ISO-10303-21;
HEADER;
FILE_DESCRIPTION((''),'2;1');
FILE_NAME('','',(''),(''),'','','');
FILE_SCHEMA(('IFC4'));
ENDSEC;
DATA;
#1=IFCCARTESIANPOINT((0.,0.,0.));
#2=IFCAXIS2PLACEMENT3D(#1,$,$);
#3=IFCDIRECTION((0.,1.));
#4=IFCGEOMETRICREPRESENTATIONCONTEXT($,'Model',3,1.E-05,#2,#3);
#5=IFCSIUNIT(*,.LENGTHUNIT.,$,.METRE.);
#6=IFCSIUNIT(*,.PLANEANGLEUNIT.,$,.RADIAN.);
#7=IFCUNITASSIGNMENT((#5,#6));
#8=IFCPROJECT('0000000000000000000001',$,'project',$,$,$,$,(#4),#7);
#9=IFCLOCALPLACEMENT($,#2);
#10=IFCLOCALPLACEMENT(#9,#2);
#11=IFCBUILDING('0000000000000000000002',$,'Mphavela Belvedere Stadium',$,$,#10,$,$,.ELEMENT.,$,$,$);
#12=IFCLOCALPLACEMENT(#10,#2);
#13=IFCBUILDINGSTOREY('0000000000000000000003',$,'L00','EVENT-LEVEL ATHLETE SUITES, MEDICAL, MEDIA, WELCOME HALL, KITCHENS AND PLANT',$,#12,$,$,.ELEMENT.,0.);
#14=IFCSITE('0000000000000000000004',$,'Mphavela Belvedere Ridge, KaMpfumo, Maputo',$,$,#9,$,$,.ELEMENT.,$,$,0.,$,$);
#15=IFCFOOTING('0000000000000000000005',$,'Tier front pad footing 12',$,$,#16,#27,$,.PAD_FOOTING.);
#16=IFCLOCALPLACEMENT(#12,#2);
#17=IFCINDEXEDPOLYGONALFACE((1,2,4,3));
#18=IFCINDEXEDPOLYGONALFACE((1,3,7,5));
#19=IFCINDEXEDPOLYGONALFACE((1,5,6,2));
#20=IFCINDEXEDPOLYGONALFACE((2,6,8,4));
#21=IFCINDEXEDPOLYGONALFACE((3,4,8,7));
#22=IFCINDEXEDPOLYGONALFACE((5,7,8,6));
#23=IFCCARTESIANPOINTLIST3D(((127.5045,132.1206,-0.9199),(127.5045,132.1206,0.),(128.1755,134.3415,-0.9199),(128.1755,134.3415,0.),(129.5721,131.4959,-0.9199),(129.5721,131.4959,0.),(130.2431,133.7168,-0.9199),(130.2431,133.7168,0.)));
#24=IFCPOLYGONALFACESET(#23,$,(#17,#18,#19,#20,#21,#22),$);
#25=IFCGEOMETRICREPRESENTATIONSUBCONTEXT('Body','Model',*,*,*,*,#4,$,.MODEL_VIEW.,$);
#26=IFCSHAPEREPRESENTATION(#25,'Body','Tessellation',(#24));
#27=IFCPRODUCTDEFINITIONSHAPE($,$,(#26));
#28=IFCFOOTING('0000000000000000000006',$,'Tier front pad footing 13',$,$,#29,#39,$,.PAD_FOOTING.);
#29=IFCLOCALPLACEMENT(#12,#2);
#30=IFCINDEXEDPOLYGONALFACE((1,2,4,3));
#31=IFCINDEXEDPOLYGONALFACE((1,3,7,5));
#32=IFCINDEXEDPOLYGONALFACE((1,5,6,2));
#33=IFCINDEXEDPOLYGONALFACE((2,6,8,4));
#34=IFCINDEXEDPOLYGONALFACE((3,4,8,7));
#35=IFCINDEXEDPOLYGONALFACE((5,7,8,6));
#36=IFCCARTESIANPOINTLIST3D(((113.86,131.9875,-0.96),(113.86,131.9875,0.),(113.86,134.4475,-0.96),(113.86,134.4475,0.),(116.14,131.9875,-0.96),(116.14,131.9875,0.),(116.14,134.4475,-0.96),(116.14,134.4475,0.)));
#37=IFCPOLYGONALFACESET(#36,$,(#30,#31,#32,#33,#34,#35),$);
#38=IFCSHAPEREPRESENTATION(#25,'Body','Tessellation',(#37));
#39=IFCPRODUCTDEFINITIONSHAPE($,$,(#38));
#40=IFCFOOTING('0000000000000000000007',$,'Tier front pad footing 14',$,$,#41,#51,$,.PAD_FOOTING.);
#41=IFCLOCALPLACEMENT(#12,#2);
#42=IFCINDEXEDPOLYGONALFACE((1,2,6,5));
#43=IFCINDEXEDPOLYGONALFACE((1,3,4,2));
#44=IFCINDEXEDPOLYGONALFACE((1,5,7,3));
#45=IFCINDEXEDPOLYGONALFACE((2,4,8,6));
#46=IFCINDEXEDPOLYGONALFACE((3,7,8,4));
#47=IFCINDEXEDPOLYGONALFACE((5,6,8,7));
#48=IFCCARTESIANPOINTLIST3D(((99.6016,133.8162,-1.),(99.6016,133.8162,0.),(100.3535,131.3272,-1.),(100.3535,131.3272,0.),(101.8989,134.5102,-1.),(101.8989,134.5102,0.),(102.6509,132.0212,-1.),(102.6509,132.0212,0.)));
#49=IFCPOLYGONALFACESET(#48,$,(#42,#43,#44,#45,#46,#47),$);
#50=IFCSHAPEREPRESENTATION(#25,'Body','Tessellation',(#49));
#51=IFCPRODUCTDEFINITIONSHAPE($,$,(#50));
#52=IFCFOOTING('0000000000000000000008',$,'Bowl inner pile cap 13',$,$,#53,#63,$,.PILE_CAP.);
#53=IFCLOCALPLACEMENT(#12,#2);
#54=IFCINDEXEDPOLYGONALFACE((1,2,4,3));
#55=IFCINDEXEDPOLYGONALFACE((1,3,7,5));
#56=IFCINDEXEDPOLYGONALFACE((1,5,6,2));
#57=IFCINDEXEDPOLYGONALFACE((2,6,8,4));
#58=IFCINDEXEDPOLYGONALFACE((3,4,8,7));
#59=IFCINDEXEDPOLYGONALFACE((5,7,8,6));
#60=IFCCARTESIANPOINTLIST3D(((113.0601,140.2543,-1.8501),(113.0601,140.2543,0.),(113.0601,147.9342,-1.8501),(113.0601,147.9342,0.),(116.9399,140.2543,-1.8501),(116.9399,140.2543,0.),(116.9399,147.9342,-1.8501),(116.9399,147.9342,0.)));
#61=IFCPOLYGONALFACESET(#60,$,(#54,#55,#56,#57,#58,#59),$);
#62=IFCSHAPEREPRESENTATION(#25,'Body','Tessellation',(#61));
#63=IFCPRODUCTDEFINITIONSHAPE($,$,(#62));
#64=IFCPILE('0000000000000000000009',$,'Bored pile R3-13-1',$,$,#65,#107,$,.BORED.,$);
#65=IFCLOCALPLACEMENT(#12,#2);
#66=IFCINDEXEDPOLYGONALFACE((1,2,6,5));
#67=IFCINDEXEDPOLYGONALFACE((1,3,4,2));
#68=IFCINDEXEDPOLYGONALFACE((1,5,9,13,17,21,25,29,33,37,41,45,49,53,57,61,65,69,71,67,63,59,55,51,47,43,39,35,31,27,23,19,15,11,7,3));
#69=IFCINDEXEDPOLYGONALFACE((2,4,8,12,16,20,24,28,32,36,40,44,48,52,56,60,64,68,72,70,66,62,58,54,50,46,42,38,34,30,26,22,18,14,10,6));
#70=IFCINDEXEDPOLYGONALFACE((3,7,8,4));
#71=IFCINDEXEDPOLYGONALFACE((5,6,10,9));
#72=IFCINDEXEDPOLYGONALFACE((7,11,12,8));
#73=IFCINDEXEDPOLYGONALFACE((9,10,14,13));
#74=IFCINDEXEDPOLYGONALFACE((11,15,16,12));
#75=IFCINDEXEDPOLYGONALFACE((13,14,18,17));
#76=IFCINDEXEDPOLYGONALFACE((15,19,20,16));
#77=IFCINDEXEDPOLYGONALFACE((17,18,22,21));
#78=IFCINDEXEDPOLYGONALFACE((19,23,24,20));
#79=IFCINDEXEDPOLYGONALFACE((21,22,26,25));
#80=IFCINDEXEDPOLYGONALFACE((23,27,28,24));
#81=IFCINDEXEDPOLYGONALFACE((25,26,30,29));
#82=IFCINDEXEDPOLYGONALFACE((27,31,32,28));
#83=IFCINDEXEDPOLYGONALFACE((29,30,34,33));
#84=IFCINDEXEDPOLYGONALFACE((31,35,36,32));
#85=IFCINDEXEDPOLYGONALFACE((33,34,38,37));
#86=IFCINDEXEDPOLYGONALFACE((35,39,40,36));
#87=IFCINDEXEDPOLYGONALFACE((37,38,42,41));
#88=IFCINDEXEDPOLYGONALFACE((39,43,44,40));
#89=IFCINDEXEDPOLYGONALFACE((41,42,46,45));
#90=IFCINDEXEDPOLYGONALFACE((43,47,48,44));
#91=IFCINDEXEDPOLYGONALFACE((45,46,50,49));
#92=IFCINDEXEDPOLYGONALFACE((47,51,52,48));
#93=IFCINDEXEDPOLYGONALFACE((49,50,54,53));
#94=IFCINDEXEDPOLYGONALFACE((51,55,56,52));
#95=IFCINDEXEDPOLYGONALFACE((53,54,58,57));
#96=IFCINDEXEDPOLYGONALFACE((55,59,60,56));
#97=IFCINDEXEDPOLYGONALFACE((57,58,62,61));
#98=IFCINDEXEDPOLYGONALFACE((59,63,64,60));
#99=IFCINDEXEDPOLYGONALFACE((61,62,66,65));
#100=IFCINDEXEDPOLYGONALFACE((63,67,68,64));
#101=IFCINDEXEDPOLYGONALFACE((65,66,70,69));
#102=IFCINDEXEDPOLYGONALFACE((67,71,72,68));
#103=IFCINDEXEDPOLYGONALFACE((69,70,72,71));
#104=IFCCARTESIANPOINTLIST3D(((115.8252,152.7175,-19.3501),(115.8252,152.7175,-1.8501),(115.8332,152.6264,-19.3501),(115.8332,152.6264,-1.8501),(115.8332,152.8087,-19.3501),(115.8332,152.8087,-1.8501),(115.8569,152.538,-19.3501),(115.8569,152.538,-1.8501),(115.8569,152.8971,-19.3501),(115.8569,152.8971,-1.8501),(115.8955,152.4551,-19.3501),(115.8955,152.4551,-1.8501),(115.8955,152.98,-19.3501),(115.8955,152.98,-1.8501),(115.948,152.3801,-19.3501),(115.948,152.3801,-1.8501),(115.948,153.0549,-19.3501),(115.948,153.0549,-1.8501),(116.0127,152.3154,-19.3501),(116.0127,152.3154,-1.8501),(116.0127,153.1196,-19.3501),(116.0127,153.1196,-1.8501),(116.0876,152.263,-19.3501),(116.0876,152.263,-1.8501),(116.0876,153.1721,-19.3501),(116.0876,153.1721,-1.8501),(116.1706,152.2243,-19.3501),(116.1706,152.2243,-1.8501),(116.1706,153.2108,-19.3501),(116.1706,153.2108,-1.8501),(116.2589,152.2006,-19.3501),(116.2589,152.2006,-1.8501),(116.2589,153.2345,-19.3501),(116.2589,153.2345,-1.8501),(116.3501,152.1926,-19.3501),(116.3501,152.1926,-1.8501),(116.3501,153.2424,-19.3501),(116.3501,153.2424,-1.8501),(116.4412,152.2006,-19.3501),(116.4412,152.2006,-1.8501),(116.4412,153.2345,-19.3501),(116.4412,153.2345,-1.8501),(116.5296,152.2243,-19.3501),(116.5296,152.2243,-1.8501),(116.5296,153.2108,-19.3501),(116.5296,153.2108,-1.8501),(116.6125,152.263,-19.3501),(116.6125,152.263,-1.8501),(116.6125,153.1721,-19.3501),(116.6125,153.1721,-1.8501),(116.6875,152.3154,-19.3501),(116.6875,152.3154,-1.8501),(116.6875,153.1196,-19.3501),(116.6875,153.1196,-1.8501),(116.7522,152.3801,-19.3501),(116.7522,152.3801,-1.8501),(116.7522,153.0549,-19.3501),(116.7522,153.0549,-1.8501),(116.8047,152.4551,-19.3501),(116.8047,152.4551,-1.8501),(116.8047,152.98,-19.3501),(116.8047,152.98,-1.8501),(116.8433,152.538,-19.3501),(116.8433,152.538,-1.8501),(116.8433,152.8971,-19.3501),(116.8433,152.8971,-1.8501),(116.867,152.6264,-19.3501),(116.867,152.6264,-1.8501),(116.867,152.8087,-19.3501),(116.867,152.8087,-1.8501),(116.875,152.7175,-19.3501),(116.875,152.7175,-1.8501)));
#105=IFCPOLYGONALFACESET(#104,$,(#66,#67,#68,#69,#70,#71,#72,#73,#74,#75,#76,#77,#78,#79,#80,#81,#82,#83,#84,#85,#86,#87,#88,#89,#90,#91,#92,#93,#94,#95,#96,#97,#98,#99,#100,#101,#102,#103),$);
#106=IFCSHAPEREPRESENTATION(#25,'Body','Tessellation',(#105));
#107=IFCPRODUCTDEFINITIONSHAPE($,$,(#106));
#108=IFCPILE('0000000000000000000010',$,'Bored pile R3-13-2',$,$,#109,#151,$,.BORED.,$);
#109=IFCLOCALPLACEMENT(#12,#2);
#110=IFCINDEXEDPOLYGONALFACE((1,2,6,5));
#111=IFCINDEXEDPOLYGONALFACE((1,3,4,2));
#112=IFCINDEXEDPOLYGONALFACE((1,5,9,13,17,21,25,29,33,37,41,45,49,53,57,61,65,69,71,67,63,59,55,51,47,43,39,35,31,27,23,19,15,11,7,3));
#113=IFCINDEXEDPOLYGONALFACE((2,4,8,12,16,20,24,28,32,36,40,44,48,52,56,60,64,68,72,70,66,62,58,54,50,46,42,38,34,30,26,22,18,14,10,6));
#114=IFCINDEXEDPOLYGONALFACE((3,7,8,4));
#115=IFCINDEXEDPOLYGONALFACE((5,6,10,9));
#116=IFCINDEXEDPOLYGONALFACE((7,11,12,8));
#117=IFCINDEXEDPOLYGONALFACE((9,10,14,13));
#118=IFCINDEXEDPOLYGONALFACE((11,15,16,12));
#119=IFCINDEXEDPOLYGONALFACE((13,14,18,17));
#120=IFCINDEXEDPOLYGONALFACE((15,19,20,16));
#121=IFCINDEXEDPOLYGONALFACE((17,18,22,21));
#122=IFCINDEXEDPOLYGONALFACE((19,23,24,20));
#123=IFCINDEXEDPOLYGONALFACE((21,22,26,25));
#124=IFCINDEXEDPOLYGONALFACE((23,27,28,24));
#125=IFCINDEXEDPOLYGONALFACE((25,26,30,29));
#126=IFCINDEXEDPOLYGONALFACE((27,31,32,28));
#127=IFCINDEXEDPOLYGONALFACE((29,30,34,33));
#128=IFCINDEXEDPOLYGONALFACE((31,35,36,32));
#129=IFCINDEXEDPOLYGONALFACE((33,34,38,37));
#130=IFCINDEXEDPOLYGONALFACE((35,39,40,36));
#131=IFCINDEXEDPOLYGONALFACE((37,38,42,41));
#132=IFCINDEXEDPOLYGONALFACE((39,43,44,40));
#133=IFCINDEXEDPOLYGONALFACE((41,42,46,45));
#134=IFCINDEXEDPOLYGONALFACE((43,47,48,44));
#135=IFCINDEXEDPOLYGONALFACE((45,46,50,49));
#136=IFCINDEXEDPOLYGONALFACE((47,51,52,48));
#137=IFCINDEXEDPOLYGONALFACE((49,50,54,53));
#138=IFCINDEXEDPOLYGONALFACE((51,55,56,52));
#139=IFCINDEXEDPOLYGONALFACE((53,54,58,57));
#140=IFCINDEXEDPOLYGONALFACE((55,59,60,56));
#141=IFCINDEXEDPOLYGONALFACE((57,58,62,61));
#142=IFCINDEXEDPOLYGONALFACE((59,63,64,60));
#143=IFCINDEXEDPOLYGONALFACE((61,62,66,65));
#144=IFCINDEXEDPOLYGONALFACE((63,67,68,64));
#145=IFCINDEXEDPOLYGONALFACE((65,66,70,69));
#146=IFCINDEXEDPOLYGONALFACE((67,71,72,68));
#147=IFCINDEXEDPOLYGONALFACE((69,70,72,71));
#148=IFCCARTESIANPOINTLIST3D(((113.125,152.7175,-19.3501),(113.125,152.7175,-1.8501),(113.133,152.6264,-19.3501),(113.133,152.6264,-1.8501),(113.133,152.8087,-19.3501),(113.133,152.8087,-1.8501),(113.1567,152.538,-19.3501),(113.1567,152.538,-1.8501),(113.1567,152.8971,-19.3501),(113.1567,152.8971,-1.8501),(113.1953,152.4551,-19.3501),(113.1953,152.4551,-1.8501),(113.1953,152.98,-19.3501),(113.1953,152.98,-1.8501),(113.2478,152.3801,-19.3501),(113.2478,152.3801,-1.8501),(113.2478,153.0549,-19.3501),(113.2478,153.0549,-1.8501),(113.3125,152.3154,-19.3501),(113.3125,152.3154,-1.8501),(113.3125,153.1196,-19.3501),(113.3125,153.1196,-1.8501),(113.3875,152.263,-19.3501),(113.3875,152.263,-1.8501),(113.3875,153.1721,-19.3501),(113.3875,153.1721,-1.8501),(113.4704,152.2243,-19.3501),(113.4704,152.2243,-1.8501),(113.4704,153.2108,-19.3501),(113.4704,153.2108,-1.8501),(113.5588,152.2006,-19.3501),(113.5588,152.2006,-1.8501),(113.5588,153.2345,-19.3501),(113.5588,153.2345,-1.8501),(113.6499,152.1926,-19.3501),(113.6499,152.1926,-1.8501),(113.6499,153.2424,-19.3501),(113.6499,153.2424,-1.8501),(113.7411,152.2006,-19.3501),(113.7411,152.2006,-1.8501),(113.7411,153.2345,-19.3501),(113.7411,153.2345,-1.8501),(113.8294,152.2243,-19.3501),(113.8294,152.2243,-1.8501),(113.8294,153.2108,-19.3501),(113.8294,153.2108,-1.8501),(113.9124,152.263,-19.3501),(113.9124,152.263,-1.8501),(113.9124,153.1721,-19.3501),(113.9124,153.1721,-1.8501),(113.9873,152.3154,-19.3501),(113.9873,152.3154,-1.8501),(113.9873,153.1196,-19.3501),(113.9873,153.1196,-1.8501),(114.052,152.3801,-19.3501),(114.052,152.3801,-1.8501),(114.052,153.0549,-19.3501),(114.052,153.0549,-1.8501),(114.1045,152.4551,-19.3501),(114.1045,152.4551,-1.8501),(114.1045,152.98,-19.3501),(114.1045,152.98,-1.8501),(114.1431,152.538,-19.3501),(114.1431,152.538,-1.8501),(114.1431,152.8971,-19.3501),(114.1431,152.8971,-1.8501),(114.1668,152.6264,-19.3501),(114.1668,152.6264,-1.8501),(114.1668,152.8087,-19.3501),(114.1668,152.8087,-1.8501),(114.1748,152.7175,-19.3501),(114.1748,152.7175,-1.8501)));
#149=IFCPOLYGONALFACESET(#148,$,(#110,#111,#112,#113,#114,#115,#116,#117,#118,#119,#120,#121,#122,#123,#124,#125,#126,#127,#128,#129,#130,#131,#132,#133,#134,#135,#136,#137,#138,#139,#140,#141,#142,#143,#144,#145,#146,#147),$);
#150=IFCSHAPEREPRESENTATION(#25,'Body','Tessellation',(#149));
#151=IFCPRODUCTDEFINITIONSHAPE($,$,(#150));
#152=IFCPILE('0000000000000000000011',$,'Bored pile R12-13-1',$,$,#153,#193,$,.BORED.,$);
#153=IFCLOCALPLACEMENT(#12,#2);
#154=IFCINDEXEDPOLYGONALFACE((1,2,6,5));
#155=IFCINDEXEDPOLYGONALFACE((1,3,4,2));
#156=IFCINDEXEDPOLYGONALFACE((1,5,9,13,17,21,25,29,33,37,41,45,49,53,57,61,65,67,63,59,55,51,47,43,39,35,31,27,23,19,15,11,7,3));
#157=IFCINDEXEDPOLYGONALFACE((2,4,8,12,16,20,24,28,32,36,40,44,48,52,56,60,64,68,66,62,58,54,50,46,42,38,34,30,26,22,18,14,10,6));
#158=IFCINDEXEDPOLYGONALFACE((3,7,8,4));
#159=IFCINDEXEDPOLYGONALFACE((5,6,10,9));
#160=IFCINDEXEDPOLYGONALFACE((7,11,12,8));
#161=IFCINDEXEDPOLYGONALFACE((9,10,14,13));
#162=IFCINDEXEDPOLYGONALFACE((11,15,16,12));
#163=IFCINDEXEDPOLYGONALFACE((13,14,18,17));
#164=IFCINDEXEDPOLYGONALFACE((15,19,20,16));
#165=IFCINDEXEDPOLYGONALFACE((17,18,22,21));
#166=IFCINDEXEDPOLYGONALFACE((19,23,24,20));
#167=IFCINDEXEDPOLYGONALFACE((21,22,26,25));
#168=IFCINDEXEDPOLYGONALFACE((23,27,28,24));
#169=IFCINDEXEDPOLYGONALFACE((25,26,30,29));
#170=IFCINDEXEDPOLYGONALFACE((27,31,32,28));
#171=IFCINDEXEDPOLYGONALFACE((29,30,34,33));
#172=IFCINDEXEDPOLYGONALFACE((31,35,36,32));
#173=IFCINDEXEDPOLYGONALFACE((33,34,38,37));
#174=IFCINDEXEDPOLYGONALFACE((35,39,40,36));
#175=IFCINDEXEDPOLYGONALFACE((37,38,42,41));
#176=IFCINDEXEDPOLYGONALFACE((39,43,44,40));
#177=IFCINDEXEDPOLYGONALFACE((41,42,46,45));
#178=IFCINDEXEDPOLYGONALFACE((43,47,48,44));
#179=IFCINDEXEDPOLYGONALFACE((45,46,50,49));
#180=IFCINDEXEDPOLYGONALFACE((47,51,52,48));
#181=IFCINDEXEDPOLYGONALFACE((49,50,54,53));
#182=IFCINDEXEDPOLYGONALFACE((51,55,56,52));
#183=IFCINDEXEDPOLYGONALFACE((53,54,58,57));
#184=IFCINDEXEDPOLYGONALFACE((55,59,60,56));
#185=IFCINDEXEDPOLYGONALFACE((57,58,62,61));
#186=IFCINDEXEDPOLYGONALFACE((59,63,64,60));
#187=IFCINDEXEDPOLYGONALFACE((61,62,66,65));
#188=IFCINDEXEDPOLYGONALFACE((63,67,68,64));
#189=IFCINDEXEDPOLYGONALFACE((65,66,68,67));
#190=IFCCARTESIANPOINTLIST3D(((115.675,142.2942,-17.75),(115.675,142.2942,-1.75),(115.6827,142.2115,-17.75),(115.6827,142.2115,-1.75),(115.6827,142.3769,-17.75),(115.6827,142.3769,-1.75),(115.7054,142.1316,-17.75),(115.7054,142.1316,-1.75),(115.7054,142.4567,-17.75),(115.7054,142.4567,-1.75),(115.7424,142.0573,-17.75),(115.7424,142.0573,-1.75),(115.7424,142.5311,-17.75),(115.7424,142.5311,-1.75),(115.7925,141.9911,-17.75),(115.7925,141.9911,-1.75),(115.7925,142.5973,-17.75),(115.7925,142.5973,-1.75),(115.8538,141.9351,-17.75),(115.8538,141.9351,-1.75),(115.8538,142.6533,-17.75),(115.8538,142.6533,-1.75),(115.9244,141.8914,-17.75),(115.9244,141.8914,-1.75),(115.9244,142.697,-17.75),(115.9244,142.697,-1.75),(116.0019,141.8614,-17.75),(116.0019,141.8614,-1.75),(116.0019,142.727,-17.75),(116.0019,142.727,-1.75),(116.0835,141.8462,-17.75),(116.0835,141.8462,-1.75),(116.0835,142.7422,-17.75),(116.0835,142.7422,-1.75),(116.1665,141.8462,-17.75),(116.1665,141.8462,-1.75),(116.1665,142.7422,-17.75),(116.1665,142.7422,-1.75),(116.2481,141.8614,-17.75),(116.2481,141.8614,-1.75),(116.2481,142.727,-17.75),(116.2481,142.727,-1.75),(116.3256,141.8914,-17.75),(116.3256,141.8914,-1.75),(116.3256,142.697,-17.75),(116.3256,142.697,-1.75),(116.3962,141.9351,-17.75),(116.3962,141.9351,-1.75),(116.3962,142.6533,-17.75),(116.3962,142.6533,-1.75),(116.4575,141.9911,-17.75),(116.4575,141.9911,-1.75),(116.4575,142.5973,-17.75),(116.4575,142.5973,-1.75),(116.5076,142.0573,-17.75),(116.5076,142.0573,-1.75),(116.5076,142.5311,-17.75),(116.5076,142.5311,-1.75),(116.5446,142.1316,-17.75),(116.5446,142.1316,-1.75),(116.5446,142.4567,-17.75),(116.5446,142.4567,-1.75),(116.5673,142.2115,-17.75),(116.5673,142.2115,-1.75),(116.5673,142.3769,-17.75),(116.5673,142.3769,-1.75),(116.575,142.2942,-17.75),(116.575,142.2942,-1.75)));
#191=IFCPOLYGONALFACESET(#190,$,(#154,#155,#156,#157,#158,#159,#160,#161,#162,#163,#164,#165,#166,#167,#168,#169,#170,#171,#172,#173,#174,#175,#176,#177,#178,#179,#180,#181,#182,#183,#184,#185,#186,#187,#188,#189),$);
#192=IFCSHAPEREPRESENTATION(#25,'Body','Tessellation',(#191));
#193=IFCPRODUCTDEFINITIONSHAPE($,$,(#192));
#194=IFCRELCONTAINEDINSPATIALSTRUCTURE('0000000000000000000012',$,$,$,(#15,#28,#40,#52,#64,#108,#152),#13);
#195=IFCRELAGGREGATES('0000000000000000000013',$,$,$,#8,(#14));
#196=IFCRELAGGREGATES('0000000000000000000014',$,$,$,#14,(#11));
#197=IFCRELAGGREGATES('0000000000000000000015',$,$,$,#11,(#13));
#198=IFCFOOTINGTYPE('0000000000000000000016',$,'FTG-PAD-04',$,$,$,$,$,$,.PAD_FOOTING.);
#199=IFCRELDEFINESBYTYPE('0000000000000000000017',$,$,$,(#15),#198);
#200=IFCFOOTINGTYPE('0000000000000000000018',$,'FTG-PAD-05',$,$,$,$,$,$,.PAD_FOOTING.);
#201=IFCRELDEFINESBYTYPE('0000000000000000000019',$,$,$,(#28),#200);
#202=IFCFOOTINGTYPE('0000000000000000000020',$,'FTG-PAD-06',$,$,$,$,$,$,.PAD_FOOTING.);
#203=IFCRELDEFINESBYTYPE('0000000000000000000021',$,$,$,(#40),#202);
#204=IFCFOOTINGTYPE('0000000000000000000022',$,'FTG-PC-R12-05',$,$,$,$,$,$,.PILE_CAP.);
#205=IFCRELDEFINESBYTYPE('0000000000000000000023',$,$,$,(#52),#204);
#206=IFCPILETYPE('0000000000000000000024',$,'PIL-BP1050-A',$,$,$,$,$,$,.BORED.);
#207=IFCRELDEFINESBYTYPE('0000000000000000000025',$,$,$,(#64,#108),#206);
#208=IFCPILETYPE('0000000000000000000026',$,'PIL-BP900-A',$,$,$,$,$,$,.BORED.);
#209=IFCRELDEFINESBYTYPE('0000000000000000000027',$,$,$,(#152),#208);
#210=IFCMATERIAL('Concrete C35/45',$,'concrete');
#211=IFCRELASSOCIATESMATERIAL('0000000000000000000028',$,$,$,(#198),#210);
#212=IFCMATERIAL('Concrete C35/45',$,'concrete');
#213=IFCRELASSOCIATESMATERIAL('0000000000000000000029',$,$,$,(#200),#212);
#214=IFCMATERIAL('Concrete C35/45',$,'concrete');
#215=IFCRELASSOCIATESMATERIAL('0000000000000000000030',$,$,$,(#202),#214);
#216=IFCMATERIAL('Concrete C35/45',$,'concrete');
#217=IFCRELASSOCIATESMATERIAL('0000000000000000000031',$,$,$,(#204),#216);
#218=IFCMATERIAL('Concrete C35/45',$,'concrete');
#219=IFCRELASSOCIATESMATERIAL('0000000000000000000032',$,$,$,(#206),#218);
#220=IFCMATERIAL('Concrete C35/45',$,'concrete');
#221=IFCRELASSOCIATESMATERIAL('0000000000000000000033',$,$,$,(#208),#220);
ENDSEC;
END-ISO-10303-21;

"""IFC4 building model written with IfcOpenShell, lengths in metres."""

from ifc_helpers import new_model, si_unit, direction, frame, origin, origin_2d, place, context, subcontext, project, spatial, rectangle, circle, extrude, material, material_profile, profile_set, type_object, element, save


model = new_model("IFC4")

# Units and contexts
model_context = context("Model", 3, precision=1e-05, world=origin(), true_north=direction((0.0, 1.0)))
body_context = subcontext(model_context, "Body", "Model", "MODEL_VIEW")
ifc_project = project(units=[si_unit("LENGTHUNIT", "METRE"), si_unit("PLANEANGLEUNIT", "RADIAN")], contexts=[model_context])

# Site, building, storey
site_placement = place(None, origin())
site = spatial("IfcSite", under=ifc_project, at=site_placement, Name="Mphavela Belvedere Ridge, KaMpfumo, Maputo", CompositionType="ELEMENT", RefElevation=0.0)
building_placement = place(site_placement, origin())
building = spatial("IfcBuilding", under=site, at=building_placement, Name="Mphavela Belvedere Stadium", CompositionType="ELEMENT")
storey_placement = place(building_placement, origin())
storey = spatial("IfcBuildingStorey", under=building, at=storey_placement, Name="L00", Description="EVENT-LEVEL ATHLETE SUITES, MEDICAL, MEDIA, WELCOME HALL, KITCHENS AND PLANT", CompositionType="ELEMENT", Elevation=0.0)

# Footings
ifc_material_1 = material(Name="Concrete C35/45", Category="concrete")
footing_type_1 = type_object("IfcFootingType", Name="FTG-PAD-04", PredefinedType="PAD_FOOTING", material=ifc_material_1)
footing_1_placement = place(storey_placement, frame((128.8738, 132.9187, -0.9199), z_axis=(0.0, 0.0, 1.0), x_axis=(0.289199, 0.957269, 0.0)))
element("IfcFooting", 1, at=footing_1_placement, inside=storey, type_object=footing_type_1, Name="Tier front pad footing 12", PredefinedType="PAD_FOOTING", context=body_context, shape_type="SweptSolid", body=[
    extrude(rectangle(XDim=2.3201, YDim=2.1599, at=origin_2d()), origin(), (0.0, 0.0, 1.0), 0.9199),
])
ifc_material_2 = material(Name="Concrete C35/45", Category="concrete")
footing_type_2 = type_object("IfcFootingType", Name="FTG-PAD-05", PredefinedType="PAD_FOOTING", material=ifc_material_2)
footing_2_placement = place(storey_placement, frame((115.0, 133.2175, -0.96), z_axis=(0.0, 0.0, 1.0), x_axis=(0.0, 1.0, 0.0)))
element("IfcFooting", 2, at=footing_2_placement, inside=storey, type_object=footing_type_2, Name="Tier front pad footing 13", PredefinedType="PAD_FOOTING", context=body_context, shape_type="SweptSolid", body=[
    extrude(rectangle(XDim=2.46, YDim=2.28, at=origin_2d()), origin(), (0.0, 0.0, 1.0), 0.96),
])
ifc_material_3 = material(Name="Concrete C35/45", Category="concrete")
footing_type_3 = type_object("IfcFootingType", Name="FTG-PAD-06", PredefinedType="PAD_FOOTING", material=ifc_material_3)
footing_3_placement = place(storey_placement, frame((101.1262, 132.9187, -1.0), z_axis=(0.0, 0.0, 1.0), x_axis=(-0.289199, 0.957269, 0.0)))
element("IfcFooting", 3, at=footing_3_placement, inside=storey, type_object=footing_type_3, Name="Tier front pad footing 14", PredefinedType="PAD_FOOTING", context=body_context, shape_type="SweptSolid", body=[
    extrude(rectangle(XDim=2.6001, YDim=2.3999, at=origin_2d()), origin(), (0.0, 0.0, 1.0), 1.0),
])
ifc_material_4 = material(Name="Concrete C35/45", Category="concrete")
footing_type_4 = type_object("IfcFootingType", Name="FTG-PC-R12-05", PredefinedType="PILE_CAP", material=ifc_material_4)
footing_4_placement = place(storey_placement, frame((115.0, 144.0942, -1.8501), z_axis=(0.0, 0.0, 1.0), x_axis=(0.0, 1.0, 0.0)))
element("IfcFooting", 4, at=footing_4_placement, inside=storey, type_object=footing_type_4, Name="Bowl inner pile cap 13", PredefinedType="PILE_CAP", context=body_context, shape_type="SweptSolid", body=[
    extrude(rectangle(XDim=7.6799, YDim=3.8799, at=origin_2d()), origin(), (0.0, 0.0, 1.0), 1.8501),
])

# Piles
ifc_material_5 = material(Name="Concrete C35/45", Category="concrete")
ifc_material_profile_1 = material_profile(ifc_material_5, circle(Radius=0.5249, at=origin_2d()), Name="BP D1050")
ifc_profile_set_1 = profile_set([ifc_material_profile_1], Name="Concrete C35/45")
pile_type_1 = type_object("IfcPileType", Name="PIL-BP1050-A", PredefinedType="BORED", material=ifc_profile_set_1)
for number, where, z_axis, x_axis, name in (
    (5, (116.3501, 152.7175, -1.8501), (0.0, 0.0, -1.0), (1.0, 0.0, 0.0), "Bored pile R3-13-1"),
    (6, (113.6499, 152.7175, -1.8501), (0.0, 0.0, -1.0), (1.0, 0.0, 0.0), "Bored pile R3-13-2"),
):
    element("IfcPile", number, at=place(storey_placement, frame(where, z_axis=z_axis, x_axis=x_axis)), inside=storey, type_object=pile_type_1, Name=name, PredefinedType="BORED", context=body_context, shape_type="SweptSolid", body=[
        extrude(circle(Radius=0.5249, at=origin_2d()), origin(), (0.0, 0.0, 1.0), 17.5),
    ])
ifc_material_6 = material(Name="Concrete C35/45", Category="concrete")
ifc_material_profile_2 = material_profile(ifc_material_6, circle(Radius=0.45, at=origin_2d()), Name="BP D900")
ifc_profile_set_2 = profile_set([ifc_material_profile_2], Name="Concrete C35/45")
pile_type_2 = type_object("IfcPileType", Name="PIL-BP900-A", PredefinedType="BORED", material=ifc_profile_set_2)
for number, where, z_axis, x_axis, name in (
    (7, (116.125, 142.2942, -1.75), (0.0, 0.0, -1.0), (1.0, 0.0, 0.0), "Bored pile R12-13-1"),
):
    element("IfcPile", number, at=place(storey_placement, frame(where, z_axis=z_axis, x_axis=x_axis)), inside=storey, type_object=pile_type_2, Name=name, PredefinedType="BORED", context=body_context, shape_type="SweptSolid", body=[
        extrude(circle(Radius=0.45, at=origin_2d()), origin(), (0.0, 0.0, 1.0), 16.0),
    ])

save(model, "model.ifc")
